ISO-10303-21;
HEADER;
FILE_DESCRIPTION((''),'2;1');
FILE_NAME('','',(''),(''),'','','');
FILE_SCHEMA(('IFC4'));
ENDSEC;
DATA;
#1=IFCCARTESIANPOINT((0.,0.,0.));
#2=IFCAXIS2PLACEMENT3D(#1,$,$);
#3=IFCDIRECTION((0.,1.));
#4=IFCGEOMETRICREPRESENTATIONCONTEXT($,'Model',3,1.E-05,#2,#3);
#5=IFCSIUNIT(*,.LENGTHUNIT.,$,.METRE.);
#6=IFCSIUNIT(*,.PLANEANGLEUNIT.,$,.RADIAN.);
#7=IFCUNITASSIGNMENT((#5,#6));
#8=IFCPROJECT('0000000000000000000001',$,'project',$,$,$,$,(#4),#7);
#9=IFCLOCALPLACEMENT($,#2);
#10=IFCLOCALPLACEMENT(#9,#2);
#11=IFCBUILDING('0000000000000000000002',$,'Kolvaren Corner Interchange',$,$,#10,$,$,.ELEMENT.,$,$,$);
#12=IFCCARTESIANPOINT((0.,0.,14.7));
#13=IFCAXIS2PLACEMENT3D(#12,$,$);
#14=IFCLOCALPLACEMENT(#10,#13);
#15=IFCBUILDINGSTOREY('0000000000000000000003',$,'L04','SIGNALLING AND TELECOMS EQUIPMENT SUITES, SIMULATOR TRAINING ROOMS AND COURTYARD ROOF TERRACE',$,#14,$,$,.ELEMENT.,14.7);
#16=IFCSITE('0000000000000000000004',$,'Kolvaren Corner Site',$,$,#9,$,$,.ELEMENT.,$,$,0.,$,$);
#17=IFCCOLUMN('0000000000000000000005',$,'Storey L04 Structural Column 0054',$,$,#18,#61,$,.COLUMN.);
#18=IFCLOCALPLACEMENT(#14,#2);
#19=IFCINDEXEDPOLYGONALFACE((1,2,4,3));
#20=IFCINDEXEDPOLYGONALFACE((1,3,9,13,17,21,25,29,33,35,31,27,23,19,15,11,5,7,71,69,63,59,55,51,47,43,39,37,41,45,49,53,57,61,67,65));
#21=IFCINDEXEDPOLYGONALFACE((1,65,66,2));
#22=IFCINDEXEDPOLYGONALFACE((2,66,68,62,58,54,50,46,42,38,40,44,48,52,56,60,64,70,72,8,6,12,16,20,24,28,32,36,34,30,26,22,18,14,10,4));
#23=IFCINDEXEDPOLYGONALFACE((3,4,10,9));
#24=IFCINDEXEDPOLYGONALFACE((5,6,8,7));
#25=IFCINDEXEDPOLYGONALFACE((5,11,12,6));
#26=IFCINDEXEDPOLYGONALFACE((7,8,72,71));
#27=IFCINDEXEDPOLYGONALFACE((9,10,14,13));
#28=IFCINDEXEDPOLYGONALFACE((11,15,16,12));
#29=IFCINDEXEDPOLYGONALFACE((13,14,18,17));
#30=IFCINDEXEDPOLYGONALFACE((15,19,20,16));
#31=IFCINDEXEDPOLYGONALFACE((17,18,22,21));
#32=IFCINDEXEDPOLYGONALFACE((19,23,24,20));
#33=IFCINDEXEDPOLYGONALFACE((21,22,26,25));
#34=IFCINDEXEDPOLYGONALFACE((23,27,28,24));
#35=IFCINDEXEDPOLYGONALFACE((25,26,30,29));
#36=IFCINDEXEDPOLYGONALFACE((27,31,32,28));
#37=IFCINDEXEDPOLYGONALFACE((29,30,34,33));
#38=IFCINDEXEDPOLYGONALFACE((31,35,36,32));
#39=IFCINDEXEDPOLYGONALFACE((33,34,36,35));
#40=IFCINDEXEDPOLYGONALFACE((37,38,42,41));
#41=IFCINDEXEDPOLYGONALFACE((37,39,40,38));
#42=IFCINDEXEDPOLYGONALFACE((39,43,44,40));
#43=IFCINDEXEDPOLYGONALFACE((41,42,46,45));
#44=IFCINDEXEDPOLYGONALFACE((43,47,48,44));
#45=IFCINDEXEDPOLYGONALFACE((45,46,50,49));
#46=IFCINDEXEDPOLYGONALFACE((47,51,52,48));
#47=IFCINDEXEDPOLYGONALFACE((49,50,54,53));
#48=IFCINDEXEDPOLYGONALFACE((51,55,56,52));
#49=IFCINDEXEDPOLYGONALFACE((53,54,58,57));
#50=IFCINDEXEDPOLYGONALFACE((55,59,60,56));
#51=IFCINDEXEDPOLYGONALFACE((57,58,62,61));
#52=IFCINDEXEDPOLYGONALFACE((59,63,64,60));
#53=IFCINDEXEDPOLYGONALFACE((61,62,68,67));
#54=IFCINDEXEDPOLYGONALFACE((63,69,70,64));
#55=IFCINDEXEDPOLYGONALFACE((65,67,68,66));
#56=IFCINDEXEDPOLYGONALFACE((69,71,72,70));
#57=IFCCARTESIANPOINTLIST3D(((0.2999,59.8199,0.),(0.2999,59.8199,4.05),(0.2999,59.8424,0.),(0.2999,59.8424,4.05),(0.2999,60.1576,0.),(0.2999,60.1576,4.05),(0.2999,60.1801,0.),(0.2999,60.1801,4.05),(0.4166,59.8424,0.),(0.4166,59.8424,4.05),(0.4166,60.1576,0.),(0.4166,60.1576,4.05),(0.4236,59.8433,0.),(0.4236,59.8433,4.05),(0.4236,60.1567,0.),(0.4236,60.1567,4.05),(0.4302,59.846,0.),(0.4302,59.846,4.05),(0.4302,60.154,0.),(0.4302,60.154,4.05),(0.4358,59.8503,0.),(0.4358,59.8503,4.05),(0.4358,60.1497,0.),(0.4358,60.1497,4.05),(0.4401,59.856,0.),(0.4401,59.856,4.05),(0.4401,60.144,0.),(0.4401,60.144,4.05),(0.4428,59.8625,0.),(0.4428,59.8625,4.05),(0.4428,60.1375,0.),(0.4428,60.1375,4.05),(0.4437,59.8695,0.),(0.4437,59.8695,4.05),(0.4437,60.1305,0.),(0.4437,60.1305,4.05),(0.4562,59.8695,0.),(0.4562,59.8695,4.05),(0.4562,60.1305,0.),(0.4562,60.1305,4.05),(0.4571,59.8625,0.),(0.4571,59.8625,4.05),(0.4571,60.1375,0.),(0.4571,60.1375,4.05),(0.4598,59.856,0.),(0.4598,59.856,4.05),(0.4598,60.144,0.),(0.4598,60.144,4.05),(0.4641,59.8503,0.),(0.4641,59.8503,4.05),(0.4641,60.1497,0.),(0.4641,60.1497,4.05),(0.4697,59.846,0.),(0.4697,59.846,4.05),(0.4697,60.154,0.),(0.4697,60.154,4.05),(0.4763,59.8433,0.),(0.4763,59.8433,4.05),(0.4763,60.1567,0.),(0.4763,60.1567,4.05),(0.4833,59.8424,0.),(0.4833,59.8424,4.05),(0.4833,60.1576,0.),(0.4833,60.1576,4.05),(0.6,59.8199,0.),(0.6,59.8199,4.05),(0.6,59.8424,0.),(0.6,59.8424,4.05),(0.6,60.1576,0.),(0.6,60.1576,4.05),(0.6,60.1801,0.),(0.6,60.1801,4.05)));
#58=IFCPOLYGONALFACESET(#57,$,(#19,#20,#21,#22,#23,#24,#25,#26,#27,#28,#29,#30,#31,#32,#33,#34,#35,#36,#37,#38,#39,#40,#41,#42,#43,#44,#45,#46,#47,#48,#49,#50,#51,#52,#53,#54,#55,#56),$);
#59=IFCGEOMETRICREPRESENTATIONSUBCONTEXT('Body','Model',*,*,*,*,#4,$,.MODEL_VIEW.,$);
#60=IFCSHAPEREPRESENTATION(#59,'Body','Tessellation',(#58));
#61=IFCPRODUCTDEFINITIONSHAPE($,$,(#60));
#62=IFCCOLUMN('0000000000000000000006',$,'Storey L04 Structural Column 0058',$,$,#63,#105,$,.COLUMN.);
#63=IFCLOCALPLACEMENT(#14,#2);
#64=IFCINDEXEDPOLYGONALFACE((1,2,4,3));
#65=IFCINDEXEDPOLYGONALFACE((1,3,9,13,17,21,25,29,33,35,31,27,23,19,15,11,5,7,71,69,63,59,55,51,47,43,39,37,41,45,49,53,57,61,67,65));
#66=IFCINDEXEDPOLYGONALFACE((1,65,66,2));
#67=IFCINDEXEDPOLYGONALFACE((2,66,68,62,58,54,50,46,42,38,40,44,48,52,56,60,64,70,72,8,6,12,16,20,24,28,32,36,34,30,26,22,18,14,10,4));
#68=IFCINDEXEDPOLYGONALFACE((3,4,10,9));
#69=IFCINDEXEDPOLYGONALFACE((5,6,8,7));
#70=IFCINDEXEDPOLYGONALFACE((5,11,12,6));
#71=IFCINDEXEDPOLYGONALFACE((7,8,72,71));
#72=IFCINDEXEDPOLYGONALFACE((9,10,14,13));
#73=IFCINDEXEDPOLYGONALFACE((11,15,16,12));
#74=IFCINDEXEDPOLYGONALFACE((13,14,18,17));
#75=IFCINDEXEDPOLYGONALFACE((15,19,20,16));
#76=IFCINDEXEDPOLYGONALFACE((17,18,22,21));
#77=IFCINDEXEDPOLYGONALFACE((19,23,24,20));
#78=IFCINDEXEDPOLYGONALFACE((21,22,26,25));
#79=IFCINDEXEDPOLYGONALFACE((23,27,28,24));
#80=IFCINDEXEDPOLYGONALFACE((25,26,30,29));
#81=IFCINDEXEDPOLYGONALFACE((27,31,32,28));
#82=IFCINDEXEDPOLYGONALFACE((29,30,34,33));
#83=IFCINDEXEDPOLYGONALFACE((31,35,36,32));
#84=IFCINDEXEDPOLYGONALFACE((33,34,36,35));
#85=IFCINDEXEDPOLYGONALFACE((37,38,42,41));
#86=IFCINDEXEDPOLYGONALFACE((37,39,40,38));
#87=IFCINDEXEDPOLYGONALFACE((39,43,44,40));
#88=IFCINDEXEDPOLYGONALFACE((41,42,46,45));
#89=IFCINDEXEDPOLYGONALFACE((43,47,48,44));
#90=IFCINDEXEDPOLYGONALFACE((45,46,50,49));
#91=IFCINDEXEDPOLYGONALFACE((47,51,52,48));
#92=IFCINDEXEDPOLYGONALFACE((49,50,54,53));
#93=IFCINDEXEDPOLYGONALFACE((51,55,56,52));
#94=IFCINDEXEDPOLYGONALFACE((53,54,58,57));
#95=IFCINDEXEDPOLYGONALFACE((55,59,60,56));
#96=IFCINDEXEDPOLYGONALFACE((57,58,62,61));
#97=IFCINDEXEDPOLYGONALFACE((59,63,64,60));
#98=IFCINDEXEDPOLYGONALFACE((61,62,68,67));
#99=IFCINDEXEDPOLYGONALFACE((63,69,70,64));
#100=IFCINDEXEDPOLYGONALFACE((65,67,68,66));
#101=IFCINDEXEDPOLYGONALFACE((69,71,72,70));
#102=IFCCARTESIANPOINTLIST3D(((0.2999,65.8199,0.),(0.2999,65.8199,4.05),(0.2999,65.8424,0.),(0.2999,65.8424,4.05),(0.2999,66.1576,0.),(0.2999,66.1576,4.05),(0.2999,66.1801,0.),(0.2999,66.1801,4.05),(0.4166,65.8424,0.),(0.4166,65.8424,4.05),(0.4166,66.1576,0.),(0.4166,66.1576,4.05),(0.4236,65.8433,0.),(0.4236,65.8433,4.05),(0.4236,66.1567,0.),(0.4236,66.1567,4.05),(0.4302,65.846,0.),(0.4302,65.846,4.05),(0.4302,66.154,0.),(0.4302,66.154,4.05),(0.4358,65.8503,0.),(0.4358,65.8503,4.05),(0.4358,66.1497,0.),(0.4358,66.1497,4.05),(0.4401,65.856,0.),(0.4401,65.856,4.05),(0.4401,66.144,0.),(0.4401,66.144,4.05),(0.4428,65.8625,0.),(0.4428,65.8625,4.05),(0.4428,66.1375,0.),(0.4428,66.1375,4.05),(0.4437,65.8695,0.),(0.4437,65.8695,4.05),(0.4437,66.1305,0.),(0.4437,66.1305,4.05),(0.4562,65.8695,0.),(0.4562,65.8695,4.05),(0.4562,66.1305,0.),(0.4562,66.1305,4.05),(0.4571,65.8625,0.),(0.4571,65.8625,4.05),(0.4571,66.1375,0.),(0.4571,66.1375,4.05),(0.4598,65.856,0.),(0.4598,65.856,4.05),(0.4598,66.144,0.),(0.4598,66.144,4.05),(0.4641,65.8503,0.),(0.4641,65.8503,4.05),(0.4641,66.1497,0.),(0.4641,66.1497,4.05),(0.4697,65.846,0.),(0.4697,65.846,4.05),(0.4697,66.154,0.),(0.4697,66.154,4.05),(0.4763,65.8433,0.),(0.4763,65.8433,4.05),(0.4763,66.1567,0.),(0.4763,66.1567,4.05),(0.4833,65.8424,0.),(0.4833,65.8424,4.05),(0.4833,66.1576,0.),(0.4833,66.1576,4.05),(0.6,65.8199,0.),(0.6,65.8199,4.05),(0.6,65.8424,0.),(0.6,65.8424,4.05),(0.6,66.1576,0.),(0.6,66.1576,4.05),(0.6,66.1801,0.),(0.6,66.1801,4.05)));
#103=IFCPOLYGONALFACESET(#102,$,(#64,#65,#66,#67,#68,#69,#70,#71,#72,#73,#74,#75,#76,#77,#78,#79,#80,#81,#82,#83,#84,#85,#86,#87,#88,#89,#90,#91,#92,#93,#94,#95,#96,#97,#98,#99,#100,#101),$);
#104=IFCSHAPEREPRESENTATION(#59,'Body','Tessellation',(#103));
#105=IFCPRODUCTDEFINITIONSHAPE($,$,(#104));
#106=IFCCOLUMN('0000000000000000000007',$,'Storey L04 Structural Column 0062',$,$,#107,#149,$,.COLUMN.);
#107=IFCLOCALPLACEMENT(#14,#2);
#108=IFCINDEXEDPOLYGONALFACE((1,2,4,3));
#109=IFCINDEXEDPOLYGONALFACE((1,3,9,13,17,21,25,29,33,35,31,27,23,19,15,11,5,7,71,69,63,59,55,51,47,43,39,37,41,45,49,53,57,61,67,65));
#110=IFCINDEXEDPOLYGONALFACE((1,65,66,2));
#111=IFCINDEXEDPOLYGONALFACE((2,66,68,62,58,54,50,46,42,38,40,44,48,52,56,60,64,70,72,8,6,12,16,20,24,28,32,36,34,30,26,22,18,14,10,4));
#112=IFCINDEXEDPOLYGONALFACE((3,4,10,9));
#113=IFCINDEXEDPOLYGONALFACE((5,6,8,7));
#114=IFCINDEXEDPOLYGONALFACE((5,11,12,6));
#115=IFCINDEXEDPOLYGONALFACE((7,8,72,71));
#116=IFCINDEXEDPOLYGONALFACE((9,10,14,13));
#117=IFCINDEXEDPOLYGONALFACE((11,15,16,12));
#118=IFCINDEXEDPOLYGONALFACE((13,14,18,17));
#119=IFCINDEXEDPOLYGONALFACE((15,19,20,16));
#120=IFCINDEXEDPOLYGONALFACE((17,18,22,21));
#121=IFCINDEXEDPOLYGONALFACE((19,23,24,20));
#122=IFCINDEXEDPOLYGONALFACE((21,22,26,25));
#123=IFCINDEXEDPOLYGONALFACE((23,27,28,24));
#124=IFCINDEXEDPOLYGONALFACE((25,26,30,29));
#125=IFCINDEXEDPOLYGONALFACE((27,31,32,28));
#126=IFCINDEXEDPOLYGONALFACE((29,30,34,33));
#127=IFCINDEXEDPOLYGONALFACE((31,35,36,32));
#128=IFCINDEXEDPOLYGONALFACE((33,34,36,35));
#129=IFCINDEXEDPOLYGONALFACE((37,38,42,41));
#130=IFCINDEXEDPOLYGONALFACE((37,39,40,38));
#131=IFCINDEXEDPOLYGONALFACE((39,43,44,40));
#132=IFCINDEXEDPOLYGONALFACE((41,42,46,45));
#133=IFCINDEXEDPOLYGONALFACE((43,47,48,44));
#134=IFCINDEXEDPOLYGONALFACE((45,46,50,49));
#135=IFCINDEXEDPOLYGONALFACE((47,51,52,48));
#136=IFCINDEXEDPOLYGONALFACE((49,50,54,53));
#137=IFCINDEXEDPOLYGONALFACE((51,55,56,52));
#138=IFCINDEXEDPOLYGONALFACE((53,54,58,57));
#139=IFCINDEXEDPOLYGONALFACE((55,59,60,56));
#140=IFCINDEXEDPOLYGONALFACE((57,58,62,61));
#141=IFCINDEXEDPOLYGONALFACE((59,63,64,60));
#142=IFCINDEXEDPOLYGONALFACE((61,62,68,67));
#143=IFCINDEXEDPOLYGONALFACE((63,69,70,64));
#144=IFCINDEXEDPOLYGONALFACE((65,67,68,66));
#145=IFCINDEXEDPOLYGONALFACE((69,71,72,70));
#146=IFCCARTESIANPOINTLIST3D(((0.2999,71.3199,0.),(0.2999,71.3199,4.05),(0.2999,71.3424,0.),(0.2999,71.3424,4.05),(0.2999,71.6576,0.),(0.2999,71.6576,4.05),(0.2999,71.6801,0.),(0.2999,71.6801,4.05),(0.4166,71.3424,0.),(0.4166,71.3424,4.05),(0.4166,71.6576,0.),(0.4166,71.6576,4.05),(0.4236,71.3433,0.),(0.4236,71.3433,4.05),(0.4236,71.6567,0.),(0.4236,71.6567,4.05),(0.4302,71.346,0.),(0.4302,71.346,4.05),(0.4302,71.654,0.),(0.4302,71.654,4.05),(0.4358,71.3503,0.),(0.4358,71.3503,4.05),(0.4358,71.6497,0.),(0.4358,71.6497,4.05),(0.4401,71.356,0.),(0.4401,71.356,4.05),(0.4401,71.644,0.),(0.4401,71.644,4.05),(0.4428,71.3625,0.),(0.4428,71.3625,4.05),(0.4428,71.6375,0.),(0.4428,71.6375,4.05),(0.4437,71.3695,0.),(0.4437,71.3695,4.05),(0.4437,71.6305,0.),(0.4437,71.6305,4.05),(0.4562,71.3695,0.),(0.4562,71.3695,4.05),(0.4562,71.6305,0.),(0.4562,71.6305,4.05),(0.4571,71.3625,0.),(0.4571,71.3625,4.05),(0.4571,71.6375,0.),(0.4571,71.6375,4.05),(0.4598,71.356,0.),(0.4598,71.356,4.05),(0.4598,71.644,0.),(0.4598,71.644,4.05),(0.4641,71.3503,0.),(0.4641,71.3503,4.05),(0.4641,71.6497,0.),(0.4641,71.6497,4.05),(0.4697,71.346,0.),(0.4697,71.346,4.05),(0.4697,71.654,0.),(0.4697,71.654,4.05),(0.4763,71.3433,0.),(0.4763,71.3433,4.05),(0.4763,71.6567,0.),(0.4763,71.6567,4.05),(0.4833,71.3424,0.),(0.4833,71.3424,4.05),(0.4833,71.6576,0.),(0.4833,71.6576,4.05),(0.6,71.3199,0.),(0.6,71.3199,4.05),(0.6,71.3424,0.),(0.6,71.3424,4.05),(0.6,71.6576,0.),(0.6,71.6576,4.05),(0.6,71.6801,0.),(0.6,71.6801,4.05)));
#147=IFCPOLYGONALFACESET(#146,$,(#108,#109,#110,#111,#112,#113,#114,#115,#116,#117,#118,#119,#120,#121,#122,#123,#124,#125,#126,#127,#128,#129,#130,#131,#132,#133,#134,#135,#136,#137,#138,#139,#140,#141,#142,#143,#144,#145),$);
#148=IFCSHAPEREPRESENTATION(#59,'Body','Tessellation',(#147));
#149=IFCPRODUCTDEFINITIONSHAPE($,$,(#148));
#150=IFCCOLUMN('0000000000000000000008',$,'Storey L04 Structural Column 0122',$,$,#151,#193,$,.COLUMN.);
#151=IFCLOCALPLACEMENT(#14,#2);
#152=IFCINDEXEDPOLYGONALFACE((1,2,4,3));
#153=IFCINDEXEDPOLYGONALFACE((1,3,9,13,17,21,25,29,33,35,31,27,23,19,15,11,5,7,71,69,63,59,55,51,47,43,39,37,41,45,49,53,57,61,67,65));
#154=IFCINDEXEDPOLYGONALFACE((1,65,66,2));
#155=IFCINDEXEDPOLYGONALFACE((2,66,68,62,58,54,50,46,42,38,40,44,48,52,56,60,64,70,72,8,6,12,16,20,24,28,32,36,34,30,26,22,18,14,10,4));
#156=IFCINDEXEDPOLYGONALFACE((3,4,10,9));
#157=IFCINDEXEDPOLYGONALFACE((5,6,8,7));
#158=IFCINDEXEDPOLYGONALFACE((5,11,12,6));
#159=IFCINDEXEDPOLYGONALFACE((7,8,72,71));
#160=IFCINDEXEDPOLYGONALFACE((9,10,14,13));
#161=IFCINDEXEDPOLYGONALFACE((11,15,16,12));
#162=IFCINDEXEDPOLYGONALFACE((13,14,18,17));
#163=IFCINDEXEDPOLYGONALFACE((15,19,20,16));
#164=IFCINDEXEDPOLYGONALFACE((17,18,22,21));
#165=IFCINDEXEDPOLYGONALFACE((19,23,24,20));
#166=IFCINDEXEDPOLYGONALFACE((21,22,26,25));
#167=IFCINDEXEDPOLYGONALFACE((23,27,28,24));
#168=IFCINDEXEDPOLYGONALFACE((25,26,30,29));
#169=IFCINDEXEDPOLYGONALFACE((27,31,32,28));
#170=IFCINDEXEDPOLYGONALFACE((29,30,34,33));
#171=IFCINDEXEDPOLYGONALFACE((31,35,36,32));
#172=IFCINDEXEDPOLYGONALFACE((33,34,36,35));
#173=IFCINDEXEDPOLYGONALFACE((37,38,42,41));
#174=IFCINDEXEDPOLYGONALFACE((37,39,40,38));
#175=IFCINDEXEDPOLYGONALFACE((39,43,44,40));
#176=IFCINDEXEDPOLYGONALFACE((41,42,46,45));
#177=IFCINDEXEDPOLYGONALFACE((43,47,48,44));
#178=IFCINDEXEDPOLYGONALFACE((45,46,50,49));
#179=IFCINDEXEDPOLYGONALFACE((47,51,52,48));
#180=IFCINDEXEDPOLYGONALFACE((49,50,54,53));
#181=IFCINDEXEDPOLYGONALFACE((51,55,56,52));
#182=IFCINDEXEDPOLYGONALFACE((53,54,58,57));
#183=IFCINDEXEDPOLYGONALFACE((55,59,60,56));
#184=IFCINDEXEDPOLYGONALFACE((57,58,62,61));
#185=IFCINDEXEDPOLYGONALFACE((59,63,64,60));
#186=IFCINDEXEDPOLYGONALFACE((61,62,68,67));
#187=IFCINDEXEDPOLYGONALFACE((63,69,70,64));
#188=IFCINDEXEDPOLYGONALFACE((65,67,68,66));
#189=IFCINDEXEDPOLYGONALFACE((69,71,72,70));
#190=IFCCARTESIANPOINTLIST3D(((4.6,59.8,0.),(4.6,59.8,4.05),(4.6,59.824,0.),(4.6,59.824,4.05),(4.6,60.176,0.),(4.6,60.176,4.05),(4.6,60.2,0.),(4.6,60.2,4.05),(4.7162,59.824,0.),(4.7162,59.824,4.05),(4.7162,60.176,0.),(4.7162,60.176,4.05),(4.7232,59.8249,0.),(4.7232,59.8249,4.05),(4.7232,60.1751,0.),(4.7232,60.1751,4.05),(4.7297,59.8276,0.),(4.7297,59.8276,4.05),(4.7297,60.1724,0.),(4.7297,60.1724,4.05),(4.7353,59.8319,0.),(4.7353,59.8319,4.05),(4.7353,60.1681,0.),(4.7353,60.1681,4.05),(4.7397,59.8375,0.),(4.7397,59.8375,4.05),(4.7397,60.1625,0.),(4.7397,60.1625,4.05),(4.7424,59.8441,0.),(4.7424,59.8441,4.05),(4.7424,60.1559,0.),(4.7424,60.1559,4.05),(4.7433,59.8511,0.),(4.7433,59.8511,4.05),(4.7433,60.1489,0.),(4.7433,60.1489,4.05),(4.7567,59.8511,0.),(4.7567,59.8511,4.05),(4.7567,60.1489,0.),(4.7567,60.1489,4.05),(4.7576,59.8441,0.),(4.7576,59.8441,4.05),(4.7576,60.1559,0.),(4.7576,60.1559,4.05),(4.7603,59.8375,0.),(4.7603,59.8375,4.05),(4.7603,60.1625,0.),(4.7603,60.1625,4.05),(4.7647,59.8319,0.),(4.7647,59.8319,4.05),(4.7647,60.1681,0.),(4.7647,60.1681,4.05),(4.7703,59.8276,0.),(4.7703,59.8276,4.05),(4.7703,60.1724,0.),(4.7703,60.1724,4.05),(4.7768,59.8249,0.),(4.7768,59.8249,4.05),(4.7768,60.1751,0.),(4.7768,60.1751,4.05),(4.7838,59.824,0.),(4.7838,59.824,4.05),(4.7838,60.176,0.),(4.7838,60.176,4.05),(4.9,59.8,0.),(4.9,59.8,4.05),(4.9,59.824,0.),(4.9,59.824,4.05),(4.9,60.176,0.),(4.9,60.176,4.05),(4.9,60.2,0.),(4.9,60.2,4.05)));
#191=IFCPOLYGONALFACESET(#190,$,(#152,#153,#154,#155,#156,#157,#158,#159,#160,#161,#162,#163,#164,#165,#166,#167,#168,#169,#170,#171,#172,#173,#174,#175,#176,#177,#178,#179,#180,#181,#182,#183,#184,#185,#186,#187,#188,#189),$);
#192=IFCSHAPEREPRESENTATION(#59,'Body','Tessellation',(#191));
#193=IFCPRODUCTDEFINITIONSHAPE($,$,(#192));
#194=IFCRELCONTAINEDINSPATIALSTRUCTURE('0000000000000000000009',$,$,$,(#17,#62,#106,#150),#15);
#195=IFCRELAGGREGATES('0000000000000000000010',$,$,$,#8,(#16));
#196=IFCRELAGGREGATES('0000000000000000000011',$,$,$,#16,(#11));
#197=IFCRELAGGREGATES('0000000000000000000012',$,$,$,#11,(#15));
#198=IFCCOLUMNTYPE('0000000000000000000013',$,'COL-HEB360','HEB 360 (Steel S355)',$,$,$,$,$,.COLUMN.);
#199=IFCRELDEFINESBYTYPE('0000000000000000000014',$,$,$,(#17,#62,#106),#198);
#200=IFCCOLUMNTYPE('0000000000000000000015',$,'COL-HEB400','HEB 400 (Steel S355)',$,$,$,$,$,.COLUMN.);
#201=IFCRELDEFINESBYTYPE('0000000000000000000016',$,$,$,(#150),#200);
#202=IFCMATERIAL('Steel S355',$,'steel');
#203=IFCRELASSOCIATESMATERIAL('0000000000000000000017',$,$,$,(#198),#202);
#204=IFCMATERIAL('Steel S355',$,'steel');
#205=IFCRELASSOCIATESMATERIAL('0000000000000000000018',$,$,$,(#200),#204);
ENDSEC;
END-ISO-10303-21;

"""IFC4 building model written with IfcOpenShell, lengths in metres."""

from ifc_helpers import new_model, si_unit, direction, frame, origin, origin_2d, place, context, subcontext, project, spatial, i_section, extrude, material, material_profile, profile_set, type_object, element, save


model = new_model("IFC4")

# Units and contexts
model_context = context("Model", 3, precision=1e-05, world=origin(), true_north=direction((0.0, 1.0)))
body_context = subcontext(model_context, "Body", "Model", "MODEL_VIEW")
ifc_project = project(units=[si_unit("LENGTHUNIT", "METRE"), si_unit("PLANEANGLEUNIT", "RADIAN")], contexts=[model_context])

# Site, building, storey
site_placement = place(None, origin())
site = spatial("IfcSite", under=ifc_project, at=site_placement, Name="Kolvaren Corner Site", CompositionType="ELEMENT", RefElevation=0.0)
building_placement = place(site_placement, origin())
building = spatial("IfcBuilding", under=site, at=building_placement, Name="Kolvaren Corner Interchange", CompositionType="ELEMENT")
storey_placement = place(building_placement, frame((0.0, 0.0, 14.7)))
storey = spatial("IfcBuildingStorey", under=building, at=storey_placement, Name="L04", Description="SIGNALLING AND TELECOMS EQUIPMENT SUITES, SIMULATOR TRAINING ROOMS AND COURTYARD ROOF TERRACE", CompositionType="ELEMENT", Elevation=14.7)

# Columns
ifc_material_1 = material(Name="Steel S355", Category="steel")
ifc_material_profile_1 = material_profile(ifc_material_1, i_section(OverallWidth=0.3, OverallDepth=0.3601, WebThickness=0.0125, FlangeThickness=0.0225, FilletRadius=0.0271, at=origin_2d()), Name="HEB 360")
ifc_profile_set_1 = profile_set([ifc_material_profile_1], Name="Steel S355")
column_type_1 = type_object("IfcColumnType", Name="COL-HEB360", Description="HEB 360 (Steel S355)", PredefinedType="COLUMN", material=ifc_profile_set_1)
for number, where, z_axis, x_axis, name in (
    (1, (0.45, 60.0, 0.0), (0.0, 0.0, 1.0), (1.0, 0.0, 0.0), "Storey L04 Structural Column 0054"),
    (2, (0.45, 66.0, 0.0), (0.0, 0.0, 1.0), (1.0, 0.0, 0.0), "Storey L04 Structural Column 0058"),
    (3, (0.45, 71.5, 0.0), (0.0, 0.0, 1.0), (1.0, 0.0, 0.0), "Storey L04 Structural Column 0062"),
):
    element("IfcColumn", number, at=place(storey_placement, frame(where, z_axis=z_axis, x_axis=x_axis)), inside=storey, type_object=column_type_1, Name=name, PredefinedType="COLUMN", context=body_context, shape_type="SweptSolid", body=[
        extrude(i_section(OverallWidth=0.3, OverallDepth=0.3601, WebThickness=0.0125, FlangeThickness=0.0225, FilletRadius=0.0271, at=origin_2d()), origin(), (0.0, 0.0, 1.0), 4.05),
    ])
ifc_material_2 = material(Name="Steel S355", Category="steel")
ifc_material_profile_2 = material_profile(ifc_material_2, i_section(OverallWidth=0.3, OverallDepth=0.3999, WebThickness=0.0134, FlangeThickness=0.0239, FilletRadius=0.0271, at=origin_2d()), Name="HEB 400")
ifc_profile_set_2 = profile_set([ifc_material_profile_2], Name="Steel S355")
column_type_2 = type_object("IfcColumnType", Name="COL-HEB400", Description="HEB 400 (Steel S355)", PredefinedType="COLUMN", material=ifc_profile_set_2)
for number, where, z_axis, x_axis, name in (
    (4, (4.75, 60.0, 0.0), (0.0, 0.0, 1.0), (1.0, 0.0, 0.0), "Storey L04 Structural Column 0122"),
):
    element("IfcColumn", number, at=place(storey_placement, frame(where, z_axis=z_axis, x_axis=x_axis)), inside=storey, type_object=column_type_2, Name=name, PredefinedType="COLUMN", context=body_context, shape_type="SweptSolid", body=[
        extrude(i_section(OverallWidth=0.3, OverallDepth=0.3999, WebThickness=0.0134, FlangeThickness=0.0239, FilletRadius=0.0271, at=origin_2d()), origin(), (0.0, 0.0, 1.0), 4.05),
    ])

save(model, "model.ifc")
